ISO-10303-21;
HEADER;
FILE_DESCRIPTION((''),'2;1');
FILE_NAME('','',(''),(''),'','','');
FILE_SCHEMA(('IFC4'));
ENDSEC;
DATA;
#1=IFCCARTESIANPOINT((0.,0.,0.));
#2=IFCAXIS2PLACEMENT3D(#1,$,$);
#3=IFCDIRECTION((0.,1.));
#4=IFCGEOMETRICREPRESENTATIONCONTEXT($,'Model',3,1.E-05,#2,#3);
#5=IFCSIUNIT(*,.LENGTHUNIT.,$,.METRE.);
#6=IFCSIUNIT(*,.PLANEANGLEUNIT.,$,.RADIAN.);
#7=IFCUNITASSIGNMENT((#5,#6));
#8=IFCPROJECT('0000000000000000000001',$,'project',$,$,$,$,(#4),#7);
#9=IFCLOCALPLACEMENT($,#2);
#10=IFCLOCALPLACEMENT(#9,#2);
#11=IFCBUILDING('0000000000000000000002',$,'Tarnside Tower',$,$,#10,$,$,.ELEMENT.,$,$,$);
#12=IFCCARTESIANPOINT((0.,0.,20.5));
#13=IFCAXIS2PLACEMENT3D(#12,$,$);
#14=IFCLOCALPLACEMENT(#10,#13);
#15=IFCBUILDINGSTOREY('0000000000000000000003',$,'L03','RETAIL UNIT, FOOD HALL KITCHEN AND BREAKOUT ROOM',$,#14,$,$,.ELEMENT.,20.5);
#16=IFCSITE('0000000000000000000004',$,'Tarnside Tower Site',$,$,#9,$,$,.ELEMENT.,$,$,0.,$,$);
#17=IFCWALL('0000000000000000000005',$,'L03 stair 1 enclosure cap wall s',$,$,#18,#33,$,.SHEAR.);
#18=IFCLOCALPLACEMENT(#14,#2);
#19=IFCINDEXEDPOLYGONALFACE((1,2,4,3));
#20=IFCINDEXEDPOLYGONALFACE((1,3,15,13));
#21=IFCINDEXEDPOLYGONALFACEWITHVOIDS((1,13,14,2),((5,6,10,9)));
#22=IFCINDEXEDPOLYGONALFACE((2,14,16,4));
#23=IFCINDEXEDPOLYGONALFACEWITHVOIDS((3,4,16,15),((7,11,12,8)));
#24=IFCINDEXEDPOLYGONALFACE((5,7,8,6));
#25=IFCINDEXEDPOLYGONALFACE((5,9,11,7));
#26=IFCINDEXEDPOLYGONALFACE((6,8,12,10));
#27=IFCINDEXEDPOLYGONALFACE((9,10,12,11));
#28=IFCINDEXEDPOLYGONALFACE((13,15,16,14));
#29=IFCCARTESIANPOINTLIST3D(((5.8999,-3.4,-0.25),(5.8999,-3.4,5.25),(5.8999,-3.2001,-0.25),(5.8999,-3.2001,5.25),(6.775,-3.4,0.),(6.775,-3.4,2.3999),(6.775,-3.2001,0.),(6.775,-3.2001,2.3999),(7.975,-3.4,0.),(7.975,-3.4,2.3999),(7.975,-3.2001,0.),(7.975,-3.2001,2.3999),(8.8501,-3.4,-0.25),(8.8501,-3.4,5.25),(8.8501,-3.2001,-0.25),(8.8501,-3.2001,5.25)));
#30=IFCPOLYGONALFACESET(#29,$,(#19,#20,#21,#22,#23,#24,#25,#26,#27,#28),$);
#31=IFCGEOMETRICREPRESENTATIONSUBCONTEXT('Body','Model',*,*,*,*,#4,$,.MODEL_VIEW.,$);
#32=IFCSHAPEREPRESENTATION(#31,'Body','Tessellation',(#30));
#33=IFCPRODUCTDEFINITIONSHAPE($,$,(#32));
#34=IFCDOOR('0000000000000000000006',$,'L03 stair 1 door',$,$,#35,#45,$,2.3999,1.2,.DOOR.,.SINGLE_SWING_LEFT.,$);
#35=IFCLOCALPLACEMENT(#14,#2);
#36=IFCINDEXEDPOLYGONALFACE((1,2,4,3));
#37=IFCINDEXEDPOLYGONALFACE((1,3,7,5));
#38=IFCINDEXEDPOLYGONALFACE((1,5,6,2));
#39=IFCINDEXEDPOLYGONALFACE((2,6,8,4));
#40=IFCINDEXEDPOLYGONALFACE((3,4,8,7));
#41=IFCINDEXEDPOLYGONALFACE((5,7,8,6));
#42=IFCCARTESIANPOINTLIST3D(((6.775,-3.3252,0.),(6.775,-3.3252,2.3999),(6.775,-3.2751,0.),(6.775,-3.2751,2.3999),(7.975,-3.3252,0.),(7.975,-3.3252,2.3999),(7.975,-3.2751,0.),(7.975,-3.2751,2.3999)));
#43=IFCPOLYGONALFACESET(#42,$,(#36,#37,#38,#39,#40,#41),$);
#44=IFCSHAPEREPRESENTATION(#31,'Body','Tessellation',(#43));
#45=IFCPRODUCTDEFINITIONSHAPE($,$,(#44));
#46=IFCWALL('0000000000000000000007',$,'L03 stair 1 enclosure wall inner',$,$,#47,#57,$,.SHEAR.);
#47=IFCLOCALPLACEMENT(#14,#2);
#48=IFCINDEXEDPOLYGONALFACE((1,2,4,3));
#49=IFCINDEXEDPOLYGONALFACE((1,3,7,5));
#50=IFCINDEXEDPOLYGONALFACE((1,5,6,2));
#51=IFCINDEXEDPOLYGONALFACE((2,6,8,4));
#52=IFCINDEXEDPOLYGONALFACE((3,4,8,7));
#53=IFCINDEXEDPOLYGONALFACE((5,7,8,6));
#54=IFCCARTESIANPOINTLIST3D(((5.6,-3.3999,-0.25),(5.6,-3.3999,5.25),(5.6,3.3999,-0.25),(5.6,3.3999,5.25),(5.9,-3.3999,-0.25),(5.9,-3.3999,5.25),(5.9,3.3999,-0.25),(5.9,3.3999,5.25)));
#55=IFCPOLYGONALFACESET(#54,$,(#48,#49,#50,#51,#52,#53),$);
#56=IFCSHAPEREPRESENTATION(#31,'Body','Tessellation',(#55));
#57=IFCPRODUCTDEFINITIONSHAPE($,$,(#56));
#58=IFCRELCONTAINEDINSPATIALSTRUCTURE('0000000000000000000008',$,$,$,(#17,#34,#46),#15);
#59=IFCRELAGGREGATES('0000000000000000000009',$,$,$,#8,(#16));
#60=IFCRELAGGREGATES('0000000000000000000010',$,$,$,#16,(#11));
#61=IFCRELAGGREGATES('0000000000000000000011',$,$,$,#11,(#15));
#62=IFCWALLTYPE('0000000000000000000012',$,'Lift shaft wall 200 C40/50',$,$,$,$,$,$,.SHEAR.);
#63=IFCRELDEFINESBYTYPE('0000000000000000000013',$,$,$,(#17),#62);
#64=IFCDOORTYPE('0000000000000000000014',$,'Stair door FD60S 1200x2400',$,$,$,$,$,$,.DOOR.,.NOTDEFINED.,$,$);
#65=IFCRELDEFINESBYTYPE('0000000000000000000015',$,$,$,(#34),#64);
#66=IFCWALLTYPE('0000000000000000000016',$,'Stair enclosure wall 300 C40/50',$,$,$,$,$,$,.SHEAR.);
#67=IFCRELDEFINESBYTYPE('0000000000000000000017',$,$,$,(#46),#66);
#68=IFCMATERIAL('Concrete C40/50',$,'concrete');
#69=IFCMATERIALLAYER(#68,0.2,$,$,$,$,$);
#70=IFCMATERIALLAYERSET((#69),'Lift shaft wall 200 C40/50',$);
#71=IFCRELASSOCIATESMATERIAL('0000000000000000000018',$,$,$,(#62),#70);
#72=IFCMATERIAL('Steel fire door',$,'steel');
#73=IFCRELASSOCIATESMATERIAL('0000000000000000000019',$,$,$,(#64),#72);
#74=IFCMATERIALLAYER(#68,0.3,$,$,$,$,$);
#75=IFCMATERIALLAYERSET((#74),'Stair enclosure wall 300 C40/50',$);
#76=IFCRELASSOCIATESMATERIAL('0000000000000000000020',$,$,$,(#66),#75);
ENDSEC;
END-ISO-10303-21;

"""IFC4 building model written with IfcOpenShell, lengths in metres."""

from ifc_helpers import new_model, si_unit, direction, frame, frame_2d, origin, place, context, subcontext, project, spatial, rectangle, extrude, material, layer, layer_set, type_object, element, fill, save


model = new_model("IFC4")

# Units and contexts
model_context = context("Model", 3, precision=1e-05, world=origin(), true_north=direction((0.0, 1.0)))
body_context = subcontext(model_context, "Body", "Model", "MODEL_VIEW")
ifc_project = project(units=[si_unit("LENGTHUNIT", "METRE"), si_unit("PLANEANGLEUNIT", "RADIAN")], contexts=[model_context])

# Site, building, storey
site_placement = place(None, origin())
site = spatial("IfcSite", under=ifc_project, at=site_placement, Name="Tarnside Tower Site", CompositionType="ELEMENT", RefElevation=0.0)
building_placement = place(site_placement, origin())
building = spatial("IfcBuilding", under=site, at=building_placement, Name="Tarnside Tower", CompositionType="ELEMENT")
storey_placement = place(building_placement, frame((0.0, 0.0, 20.5)))
storey = spatial("IfcBuildingStorey", under=building, at=storey_placement, Name="L03", Description="RETAIL UNIT, FOOD HALL KITCHEN AND BREAKOUT ROOM", CompositionType="ELEMENT", Elevation=20.5)

# Shared definitions
ifc_material_1 = material(Name="Concrete C40/50", Category="concrete")

# Shared definitions
ifc_material_2 = material(Name="Steel fire door", Category="steel")

# Shared definitions
ifc_layer_1 = layer(ifc_material_1, 0.2)
ifc_layer_set_1 = layer_set([ifc_layer_1], Name="Lift shaft wall 200 C40/50")
wall_type_1 = type_object("IfcWallType", Name="Lift shaft wall 200 C40/50", PredefinedType="SHEAR", material=ifc_layer_set_1)

# Wall, opening, door
wall_1_placement = place(storey_placement, frame((5.8999, -3.3, -0.25), z_axis=(0.0, 0.0, 1.0), x_axis=(1.0, 0.0, 0.0)))
wall_1 = element("IfcWall", 1, at=wall_1_placement, inside=storey, type_object=wall_type_1, Name="L03 stair 1 enclosure cap wall s", PredefinedType="SHEAR", context=body_context, shape_type="SweptSolid", body=[
    extrude(rectangle(XDim=2.9502, YDim=0.2, at=frame_2d((1.4751, 0.0))), origin(), (0.0, 0.0, 1.0), 5.5),
])
opening_1_placement = place(wall_1_placement, frame((0.875, 0.0, 0.25)))
opening_1 = element("IfcOpeningElement", 2, at=opening_1_placement, cuts=wall_1, PredefinedType="OPENING", context=body_context, shape_type="SweptSolid", body=[
    extrude(rectangle(XDim=1.2, YDim=2.3999, at=frame_2d((0.6001, 1.2))), frame((0.0, 0.1099, 0.0), z_axis=(0.0, -1.0, 0.0), x_axis=(1.0, 0.0, 0.0)), (0.0, 0.0, 1.0), 0.22),
])
door_type_1 = type_object("IfcDoorType", Name="Stair door FD60S 1200x2400", OperationType="NOTDEFINED", PredefinedType="DOOR", material=ifc_material_2)
door_1_placement = place(opening_1_placement, origin())
door_1 = element("IfcDoor", 3, at=door_1_placement, inside=storey, type_object=door_type_1, Name="L03 stair 1 door", OperationType="SINGLE_SWING_LEFT", OverallHeight=2.3999, OverallWidth=1.2, PredefinedType="DOOR", context=body_context, shape_type="SweptSolid", body=[
    extrude(rectangle(XDim=1.2, YDim=2.3999, at=frame_2d((0.6001, 1.2))), frame((0.0, 0.0249, 0.0), z_axis=(0.0, -1.0, 0.0), x_axis=(1.0, 0.0, 0.0)), (0.0, 0.0, 1.0), 0.05),
])
fill(opening_1, door_1)

# Wall
ifc_layer_2 = layer(ifc_material_1, 0.3)
ifc_layer_set_2 = layer_set([ifc_layer_2], Name="Stair enclosure wall 300 C40/50")
wall_type_2 = type_object("IfcWallType", Name="Stair enclosure wall 300 C40/50", PredefinedType="SHEAR", material=ifc_layer_set_2)
wall_2_placement = place(storey_placement, frame((5.75, -3.3999, -0.25), z_axis=(0.0, 0.0, 1.0), x_axis=(0.0, 1.0, 0.0)))
element("IfcWall", 4, at=wall_2_placement, inside=storey, type_object=wall_type_2, Name="L03 stair 1 enclosure wall inner", PredefinedType="SHEAR", context=body_context, shape_type="SweptSolid", body=[
    extrude(rectangle(XDim=6.7998, YDim=0.3, at=frame_2d((3.3999, 0.0))), origin(), (0.0, 0.0, 1.0), 5.5),
])

save(model, "model.ifc")
